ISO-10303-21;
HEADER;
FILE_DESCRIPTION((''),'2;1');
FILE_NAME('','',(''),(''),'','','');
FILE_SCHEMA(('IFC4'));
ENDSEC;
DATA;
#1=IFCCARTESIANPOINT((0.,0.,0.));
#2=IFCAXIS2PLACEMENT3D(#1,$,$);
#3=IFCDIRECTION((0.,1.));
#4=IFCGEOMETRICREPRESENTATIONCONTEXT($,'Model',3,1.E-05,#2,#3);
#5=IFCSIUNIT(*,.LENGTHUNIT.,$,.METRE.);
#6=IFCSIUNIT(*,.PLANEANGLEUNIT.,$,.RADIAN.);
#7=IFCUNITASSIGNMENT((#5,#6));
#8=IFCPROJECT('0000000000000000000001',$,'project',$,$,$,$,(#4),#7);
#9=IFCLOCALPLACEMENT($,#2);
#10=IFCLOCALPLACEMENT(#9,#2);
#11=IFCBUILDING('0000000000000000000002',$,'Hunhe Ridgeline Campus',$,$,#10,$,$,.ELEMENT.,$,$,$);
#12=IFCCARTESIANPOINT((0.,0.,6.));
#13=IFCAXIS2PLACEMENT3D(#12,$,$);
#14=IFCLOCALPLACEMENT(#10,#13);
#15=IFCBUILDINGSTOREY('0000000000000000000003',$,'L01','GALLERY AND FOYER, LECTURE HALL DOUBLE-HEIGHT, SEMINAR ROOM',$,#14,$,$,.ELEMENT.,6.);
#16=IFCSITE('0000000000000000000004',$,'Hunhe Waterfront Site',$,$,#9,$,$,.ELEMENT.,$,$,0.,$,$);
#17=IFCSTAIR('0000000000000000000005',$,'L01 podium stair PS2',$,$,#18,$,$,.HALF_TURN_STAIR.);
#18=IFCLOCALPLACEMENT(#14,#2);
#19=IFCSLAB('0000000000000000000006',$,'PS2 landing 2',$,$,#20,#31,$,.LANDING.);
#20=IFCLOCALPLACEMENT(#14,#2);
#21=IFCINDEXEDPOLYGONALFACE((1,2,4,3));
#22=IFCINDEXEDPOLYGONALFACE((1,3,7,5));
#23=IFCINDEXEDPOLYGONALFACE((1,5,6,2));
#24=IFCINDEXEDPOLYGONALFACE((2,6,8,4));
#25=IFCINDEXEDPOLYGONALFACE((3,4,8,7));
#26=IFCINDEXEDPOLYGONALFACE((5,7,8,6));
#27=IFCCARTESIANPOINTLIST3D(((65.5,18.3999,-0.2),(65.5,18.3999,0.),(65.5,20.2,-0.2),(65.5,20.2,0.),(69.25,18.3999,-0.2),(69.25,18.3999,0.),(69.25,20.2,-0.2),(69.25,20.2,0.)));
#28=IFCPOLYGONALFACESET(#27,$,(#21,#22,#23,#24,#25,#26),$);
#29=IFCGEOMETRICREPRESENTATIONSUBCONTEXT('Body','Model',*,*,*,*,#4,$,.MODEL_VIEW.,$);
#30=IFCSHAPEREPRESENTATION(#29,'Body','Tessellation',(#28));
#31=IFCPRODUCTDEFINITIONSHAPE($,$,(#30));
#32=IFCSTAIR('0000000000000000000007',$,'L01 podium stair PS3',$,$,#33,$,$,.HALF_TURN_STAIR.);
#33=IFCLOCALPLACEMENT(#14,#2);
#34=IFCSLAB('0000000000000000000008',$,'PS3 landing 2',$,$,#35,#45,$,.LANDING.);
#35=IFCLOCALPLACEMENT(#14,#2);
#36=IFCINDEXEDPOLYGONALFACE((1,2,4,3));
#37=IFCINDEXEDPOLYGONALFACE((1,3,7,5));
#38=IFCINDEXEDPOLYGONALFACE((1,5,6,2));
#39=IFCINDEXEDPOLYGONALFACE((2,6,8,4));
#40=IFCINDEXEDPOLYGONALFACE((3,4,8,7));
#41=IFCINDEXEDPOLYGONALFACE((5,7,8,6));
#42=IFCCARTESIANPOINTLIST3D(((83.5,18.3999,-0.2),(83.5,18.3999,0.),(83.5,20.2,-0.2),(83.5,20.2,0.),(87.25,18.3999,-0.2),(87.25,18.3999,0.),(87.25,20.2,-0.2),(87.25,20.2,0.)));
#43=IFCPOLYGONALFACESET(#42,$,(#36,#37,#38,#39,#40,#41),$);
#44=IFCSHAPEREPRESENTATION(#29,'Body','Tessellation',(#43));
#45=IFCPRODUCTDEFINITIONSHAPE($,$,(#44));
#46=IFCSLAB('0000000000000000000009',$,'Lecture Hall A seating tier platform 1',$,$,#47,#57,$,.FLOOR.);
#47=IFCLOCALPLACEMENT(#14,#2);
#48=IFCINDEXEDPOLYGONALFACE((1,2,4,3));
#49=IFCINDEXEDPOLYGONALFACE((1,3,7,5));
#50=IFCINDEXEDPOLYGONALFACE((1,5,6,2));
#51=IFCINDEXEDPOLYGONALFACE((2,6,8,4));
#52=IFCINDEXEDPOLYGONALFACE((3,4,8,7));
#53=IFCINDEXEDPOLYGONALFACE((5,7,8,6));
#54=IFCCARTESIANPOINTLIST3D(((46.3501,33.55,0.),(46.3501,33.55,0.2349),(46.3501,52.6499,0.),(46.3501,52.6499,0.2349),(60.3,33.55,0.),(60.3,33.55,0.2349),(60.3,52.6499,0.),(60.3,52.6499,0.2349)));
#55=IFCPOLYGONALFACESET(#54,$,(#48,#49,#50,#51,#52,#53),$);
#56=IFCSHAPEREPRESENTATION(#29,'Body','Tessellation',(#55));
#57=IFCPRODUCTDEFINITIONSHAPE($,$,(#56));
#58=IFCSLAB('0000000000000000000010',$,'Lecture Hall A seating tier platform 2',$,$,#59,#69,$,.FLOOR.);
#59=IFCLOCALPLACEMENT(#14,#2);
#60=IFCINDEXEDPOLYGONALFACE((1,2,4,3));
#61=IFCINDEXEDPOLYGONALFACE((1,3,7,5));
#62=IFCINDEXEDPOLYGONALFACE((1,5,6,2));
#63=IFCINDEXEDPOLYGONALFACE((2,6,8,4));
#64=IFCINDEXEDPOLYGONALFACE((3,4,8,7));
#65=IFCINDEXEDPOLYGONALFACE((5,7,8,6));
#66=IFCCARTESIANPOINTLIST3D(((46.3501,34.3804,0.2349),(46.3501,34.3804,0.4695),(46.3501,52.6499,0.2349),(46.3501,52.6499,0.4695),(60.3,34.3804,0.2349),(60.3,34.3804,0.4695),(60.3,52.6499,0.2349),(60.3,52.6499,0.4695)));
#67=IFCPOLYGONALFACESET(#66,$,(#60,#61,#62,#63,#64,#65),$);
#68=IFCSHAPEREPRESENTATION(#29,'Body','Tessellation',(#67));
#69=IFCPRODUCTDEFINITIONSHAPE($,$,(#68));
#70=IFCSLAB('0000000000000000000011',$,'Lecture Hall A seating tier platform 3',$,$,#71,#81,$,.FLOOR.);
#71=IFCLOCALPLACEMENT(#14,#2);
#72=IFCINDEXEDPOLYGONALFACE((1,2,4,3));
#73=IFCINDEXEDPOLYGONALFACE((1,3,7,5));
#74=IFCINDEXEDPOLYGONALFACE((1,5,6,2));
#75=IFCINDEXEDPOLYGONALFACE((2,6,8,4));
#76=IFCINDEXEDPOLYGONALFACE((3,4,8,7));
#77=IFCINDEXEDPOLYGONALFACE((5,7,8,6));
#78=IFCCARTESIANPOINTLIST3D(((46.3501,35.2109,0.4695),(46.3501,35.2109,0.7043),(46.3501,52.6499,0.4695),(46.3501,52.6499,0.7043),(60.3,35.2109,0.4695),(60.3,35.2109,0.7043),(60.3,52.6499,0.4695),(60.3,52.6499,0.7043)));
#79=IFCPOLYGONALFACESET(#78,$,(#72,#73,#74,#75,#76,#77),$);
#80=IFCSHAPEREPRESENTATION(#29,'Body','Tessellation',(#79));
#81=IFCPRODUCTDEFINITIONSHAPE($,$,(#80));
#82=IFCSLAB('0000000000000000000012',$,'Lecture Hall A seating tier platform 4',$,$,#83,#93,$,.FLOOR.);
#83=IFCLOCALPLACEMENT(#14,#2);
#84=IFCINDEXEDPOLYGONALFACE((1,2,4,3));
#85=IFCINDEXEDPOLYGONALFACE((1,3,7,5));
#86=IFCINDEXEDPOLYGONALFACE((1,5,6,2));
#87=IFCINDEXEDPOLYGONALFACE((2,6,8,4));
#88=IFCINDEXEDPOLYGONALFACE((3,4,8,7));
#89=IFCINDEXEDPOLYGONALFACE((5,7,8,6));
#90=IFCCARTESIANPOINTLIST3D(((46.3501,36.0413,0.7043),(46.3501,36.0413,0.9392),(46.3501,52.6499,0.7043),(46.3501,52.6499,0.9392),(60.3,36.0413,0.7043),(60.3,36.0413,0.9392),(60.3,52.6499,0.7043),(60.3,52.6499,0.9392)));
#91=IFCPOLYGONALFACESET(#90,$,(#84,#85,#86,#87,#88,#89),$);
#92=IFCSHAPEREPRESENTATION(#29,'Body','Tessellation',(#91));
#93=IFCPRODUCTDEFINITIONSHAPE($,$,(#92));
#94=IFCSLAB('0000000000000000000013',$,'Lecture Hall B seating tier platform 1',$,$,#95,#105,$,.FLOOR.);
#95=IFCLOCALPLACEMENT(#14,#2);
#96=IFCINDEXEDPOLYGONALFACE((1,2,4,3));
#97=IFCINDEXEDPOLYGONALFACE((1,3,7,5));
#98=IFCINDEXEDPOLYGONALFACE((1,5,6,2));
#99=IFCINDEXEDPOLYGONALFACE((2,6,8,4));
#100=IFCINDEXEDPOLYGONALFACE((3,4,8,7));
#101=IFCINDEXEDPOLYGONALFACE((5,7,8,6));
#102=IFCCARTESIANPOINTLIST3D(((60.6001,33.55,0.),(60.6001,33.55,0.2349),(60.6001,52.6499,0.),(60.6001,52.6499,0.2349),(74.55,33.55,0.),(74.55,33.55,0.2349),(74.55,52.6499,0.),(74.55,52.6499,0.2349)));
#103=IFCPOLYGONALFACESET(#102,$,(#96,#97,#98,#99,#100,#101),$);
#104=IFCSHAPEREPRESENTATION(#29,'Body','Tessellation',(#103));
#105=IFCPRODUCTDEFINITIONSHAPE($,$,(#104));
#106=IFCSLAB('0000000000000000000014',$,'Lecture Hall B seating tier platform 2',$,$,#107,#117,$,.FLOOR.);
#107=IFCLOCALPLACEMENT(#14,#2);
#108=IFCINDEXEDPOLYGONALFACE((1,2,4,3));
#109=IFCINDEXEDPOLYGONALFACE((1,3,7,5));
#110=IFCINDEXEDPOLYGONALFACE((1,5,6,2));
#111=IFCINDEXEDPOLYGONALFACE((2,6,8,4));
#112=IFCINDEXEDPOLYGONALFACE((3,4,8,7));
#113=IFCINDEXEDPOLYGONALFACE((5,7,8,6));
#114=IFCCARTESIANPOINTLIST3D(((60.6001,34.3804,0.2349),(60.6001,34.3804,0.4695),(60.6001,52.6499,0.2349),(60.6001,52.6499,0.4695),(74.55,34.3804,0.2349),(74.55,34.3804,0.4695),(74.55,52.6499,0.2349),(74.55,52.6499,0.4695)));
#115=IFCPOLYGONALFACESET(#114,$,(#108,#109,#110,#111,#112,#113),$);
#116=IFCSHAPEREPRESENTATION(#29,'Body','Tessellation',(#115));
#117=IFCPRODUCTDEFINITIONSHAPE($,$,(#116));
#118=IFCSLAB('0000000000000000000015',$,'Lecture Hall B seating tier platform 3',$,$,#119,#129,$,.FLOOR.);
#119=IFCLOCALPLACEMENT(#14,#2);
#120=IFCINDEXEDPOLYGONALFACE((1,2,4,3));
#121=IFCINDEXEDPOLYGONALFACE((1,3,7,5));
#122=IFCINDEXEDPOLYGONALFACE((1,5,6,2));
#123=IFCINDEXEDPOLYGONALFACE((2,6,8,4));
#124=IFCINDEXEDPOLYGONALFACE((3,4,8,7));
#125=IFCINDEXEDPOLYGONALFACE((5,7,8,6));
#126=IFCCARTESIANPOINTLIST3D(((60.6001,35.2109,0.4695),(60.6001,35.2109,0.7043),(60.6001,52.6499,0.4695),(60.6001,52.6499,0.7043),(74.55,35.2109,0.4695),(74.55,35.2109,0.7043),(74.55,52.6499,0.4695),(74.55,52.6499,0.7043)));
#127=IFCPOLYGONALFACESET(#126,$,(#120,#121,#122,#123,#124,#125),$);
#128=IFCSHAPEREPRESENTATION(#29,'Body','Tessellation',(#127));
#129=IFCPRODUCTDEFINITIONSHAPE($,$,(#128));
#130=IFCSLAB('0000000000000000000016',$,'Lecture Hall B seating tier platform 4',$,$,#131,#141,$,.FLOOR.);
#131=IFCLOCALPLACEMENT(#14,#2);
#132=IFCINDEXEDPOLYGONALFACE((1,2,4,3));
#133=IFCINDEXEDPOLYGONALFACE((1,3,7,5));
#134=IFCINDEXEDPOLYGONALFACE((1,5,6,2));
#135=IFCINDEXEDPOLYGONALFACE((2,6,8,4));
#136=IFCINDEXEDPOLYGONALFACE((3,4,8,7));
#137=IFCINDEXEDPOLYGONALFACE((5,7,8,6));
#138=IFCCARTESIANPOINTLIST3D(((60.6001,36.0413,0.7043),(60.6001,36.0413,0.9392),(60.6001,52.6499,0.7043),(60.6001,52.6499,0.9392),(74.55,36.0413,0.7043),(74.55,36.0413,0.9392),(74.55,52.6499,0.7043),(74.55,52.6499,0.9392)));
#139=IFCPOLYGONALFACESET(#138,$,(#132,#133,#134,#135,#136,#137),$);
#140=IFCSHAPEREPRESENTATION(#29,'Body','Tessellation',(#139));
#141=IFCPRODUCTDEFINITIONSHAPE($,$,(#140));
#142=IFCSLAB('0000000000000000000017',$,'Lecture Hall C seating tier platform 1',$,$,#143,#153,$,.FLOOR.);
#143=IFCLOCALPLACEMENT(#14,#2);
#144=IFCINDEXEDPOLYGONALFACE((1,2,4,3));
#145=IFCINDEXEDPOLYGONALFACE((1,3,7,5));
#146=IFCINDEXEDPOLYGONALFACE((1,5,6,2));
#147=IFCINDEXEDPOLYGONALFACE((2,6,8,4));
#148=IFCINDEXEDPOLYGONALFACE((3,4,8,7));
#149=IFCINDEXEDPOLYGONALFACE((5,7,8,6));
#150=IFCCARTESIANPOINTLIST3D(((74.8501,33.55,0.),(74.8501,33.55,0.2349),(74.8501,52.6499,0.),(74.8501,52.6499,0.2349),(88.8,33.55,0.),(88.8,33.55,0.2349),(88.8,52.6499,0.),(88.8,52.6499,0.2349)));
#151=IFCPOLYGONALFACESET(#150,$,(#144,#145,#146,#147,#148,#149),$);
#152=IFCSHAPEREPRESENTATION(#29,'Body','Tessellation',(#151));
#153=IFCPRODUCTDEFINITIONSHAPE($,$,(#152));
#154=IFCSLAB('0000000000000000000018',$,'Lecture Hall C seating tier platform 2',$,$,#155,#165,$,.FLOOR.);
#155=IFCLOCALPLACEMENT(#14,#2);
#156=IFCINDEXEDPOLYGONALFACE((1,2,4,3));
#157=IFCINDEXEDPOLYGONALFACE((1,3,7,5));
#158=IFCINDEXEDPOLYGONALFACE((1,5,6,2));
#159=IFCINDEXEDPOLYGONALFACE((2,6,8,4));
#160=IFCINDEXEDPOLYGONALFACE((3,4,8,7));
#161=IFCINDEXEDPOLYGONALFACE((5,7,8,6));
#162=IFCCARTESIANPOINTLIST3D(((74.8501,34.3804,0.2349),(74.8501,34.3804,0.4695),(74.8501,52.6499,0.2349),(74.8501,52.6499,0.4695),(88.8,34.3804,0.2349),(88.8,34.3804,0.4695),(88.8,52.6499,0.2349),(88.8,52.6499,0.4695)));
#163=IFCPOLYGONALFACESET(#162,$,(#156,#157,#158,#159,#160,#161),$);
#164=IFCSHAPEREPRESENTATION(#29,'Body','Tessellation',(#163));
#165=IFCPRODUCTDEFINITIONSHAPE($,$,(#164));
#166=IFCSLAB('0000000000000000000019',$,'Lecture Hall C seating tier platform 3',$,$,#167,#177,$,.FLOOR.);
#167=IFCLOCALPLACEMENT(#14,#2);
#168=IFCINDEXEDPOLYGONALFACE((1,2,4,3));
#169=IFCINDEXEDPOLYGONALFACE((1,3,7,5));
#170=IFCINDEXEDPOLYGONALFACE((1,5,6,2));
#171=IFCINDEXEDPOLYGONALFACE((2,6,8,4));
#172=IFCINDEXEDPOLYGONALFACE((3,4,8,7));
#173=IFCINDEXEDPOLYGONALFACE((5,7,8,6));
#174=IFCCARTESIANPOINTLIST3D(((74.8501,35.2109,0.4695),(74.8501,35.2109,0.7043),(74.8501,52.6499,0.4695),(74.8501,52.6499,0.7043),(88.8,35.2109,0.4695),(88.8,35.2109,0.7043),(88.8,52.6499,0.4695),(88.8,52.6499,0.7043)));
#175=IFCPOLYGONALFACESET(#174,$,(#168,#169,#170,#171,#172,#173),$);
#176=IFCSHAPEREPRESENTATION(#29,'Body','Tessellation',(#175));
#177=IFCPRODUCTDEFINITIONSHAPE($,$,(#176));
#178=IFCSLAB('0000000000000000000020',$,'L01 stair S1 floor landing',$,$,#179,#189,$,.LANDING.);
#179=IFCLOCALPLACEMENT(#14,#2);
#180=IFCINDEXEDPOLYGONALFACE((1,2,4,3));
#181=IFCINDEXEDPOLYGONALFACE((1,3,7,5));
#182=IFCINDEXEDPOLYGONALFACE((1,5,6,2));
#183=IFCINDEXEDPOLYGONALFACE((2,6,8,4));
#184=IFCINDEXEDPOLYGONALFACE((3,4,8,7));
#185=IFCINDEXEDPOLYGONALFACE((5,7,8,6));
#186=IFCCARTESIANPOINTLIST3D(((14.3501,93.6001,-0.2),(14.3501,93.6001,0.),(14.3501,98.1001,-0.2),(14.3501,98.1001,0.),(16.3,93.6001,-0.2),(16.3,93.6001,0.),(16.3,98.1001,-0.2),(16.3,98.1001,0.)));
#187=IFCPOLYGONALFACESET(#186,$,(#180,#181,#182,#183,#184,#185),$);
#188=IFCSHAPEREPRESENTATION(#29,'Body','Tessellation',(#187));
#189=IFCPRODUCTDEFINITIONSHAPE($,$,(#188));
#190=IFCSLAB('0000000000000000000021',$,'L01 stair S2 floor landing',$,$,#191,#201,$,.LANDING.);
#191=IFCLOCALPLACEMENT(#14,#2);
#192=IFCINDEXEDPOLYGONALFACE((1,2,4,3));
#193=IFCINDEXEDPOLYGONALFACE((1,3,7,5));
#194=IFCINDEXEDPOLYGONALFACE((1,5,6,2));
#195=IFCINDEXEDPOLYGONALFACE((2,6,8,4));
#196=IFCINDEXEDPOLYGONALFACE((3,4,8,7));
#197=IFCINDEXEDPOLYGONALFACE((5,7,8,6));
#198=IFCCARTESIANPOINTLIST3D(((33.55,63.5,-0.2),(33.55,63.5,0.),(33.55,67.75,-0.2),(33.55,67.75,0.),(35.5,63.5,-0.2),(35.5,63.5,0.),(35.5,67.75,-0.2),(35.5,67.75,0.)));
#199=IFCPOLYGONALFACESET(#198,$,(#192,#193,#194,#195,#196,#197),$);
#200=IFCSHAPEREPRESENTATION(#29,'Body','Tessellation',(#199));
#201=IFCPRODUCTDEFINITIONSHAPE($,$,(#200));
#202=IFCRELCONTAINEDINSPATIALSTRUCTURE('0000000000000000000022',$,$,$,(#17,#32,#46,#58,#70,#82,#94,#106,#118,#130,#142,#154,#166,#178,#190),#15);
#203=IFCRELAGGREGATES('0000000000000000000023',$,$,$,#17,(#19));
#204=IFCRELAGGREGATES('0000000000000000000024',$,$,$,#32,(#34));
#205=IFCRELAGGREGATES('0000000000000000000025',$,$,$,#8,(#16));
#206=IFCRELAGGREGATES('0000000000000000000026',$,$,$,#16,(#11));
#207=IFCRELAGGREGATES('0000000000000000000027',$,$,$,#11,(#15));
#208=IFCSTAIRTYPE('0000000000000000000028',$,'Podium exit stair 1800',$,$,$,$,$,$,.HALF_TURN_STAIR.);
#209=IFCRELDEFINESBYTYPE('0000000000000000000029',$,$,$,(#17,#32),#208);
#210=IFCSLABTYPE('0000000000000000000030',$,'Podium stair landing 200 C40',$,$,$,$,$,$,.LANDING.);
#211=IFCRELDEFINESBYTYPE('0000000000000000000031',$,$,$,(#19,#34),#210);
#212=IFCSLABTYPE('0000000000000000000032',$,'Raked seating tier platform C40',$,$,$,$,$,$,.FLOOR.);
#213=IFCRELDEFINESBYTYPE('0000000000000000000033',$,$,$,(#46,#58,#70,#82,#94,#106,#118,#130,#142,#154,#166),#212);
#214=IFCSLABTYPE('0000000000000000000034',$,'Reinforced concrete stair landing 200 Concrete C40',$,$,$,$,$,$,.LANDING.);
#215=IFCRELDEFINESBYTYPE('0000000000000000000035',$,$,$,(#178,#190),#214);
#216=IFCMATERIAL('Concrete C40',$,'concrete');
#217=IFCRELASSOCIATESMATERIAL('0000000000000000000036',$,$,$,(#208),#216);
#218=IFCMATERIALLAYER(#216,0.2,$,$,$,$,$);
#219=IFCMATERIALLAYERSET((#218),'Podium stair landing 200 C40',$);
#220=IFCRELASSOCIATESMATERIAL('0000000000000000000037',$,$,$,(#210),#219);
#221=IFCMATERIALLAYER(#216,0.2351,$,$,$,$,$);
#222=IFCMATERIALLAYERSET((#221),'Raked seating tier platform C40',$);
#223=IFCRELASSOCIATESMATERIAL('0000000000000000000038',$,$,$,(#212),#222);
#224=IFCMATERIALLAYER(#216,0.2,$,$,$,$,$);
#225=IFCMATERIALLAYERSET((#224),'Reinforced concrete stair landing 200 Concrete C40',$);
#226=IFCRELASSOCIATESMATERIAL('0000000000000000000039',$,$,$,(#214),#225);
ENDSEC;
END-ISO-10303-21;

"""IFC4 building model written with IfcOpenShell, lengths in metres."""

from ifc_helpers import new_model, si_unit, direction, frame, origin, place, context, subcontext, project, spatial, polyline, outline, extrude, material, layer, layer_set, type_object, element, aggregate, save


model = new_model("IFC4")

# Units and contexts
model_context = context("Model", 3, precision=1e-05, world=origin(), true_north=direction((0.0, 1.0)))
body_context = subcontext(model_context, "Body", "Model", "MODEL_VIEW")
ifc_project = project(units=[si_unit("LENGTHUNIT", "METRE"), si_unit("PLANEANGLEUNIT", "RADIAN")], contexts=[model_context])

# Site, building, storey
site_placement = place(None, origin())
site = spatial("IfcSite", under=ifc_project, at=site_placement, Name="Hunhe Waterfront Site", CompositionType="ELEMENT", RefElevation=0.0)
building_placement = place(site_placement, origin())
building = spatial("IfcBuilding", under=site, at=building_placement, Name="Hunhe Ridgeline Campus", CompositionType="ELEMENT")
storey_placement = place(building_placement, frame((0.0, 0.0, 6.0)))
storey = spatial("IfcBuildingStorey", under=building, at=storey_placement, Name="L01", Description="GALLERY AND FOYER, LECTURE HALL DOUBLE-HEIGHT, SEMINAR ROOM", CompositionType="ELEMENT", Elevation=6.0)

# Shared definitions
ifc_material = material(Name="Concrete C40", Category="concrete")

# Stairs, slabs
stair_type = type_object("IfcStairType", Name="Podium exit stair 1800", PredefinedType="HALF_TURN_STAIR", material=ifc_material)
ifc_layer_1 = layer(ifc_material, 0.2)
ifc_layer_set_1 = layer_set([ifc_layer_1], Name="Podium stair landing 200 C40")
slab_type_1 = type_object("IfcSlabType", Name="Podium stair landing 200 C40", PredefinedType="LANDING", material=ifc_layer_set_1)
stair_1_placement = place(storey_placement, origin())
stair_1 = element("IfcStair", 1, at=stair_1_placement, inside=storey, type_object=stair_type, Name="L01 podium stair PS2", PredefinedType="HALF_TURN_STAIR")
slab_1_placement = place(storey_placement, frame((0.0, 0.0, -0.2)))
slab_1 = element("IfcSlab", 2, at=slab_1_placement, type_object=slab_type_1, Name="PS2 landing 2", PredefinedType="LANDING", context=body_context, shape_type="SweptSolid", body=[
    extrude(outline(polyline([(65.5, 18.3999), (69.25, 18.3999), (69.25, 20.2), (65.5, 20.2), (65.5, 18.3999)])), origin(), (0.0, 0.0, 1.0), 0.2),
])
aggregate(stair_1, [slab_1])
stair_2_placement = place(storey_placement, origin())
stair_2 = element("IfcStair", 3, at=stair_2_placement, inside=storey, type_object=stair_type, Name="L01 podium stair PS3", PredefinedType="HALF_TURN_STAIR")
slab_2_placement = place(storey_placement, frame((0.0, 0.0, -0.2)))
slab_2 = element("IfcSlab", 4, at=slab_2_placement, type_object=slab_type_1, Name="PS3 landing 2", PredefinedType="LANDING", context=body_context, shape_type="SweptSolid", body=[
    extrude(outline(polyline([(83.5, 18.3999), (87.25, 18.3999), (87.25, 20.2), (83.5, 20.2), (83.5, 18.3999)])), origin(), (0.0, 0.0, 1.0), 0.2),
])
aggregate(stair_2, [slab_2])

# Slabs
ifc_layer_2 = layer(ifc_material, 0.2351)
ifc_layer_set_2 = layer_set([ifc_layer_2], Name="Raked seating tier platform C40")
slab_type_2 = type_object("IfcSlabType", Name="Raked seating tier platform C40", PredefinedType="FLOOR", material=ifc_layer_set_2)
slab_3_placement = place(storey_placement, origin())
element("IfcSlab", 5, at=slab_3_placement, inside=storey, type_object=slab_type_2, Name="Lecture Hall A seating tier platform 1", PredefinedType="FLOOR", context=body_context, shape_type="SweptSolid", body=[
    extrude(outline(polyline([(46.3501, 33.55), (60.3, 33.55), (60.3, 52.6499), (46.3501, 52.6499), (46.3501, 33.55)])), origin(), (0.0, 0.0, 1.0), 0.2349),
])
slab_4_placement = place(storey_placement, frame((0.0, 0.0, 0.2349)))
element("IfcSlab", 6, at=slab_4_placement, inside=storey, type_object=slab_type_2, Name="Lecture Hall A seating tier platform 2", PredefinedType="FLOOR", context=body_context, shape_type="SweptSolid", body=[
    extrude(outline(polyline([(46.3501, 34.3804), (60.3, 34.3804), (60.3, 52.6499), (46.3501, 52.6499), (46.3501, 34.3804)])), origin(), (0.0, 0.0, 1.0), 0.2346),
])
slab_5_placement = place(storey_placement, frame((0.0, 0.0, 0.4695)))
element("IfcSlab", 7, at=slab_5_placement, inside=storey, type_object=slab_type_2, Name="Lecture Hall A seating tier platform 3", PredefinedType="FLOOR", context=body_context, shape_type="SweptSolid", body=[
    extrude(outline(polyline([(46.3501, 35.2109), (60.3, 35.2109), (60.3, 52.6499), (46.3501, 52.6499), (46.3501, 35.2109)])), origin(), (0.0, 0.0, 1.0), 0.2349),
])
slab_6_placement = place(storey_placement, frame((0.0, 0.0, 0.7043)))
element("IfcSlab", 8, at=slab_6_placement, inside=storey, type_object=slab_type_2, Name="Lecture Hall A seating tier platform 4", PredefinedType="FLOOR", context=body_context, shape_type="SweptSolid", body=[
    extrude(outline(polyline([(46.3501, 36.0413), (60.3, 36.0413), (60.3, 52.6499), (46.3501, 52.6499), (46.3501, 36.0413)])), origin(), (0.0, 0.0, 1.0), 0.2349),
])
slab_7_placement = place(storey_placement, origin())
element("IfcSlab", 9, at=slab_7_placement, inside=storey, type_object=slab_type_2, Name="Lecture Hall B seating tier platform 1", PredefinedType="FLOOR", context=body_context, shape_type="SweptSolid", body=[
    extrude(outline(polyline([(60.6001, 33.55), (74.55, 33.55), (74.55, 52.6499), (60.6001, 52.6499), (60.6001, 33.55)])), origin(), (0.0, 0.0, 1.0), 0.2349),
])
slab_8_placement = place(storey_placement, frame((0.0, 0.0, 0.2349)))
element("IfcSlab", 10, at=slab_8_placement, inside=storey, type_object=slab_type_2, Name="Lecture Hall B seating tier platform 2", PredefinedType="FLOOR", context=body_context, shape_type="SweptSolid", body=[
    extrude(outline(polyline([(60.6001, 34.3804), (74.55, 34.3804), (74.55, 52.6499), (60.6001, 52.6499), (60.6001, 34.3804)])), origin(), (0.0, 0.0, 1.0), 0.2346),
])
slab_9_placement = place(storey_placement, frame((0.0, 0.0, 0.4695)))
element("IfcSlab", 11, at=slab_9_placement, inside=storey, type_object=slab_type_2, Name="Lecture Hall B seating tier platform 3", PredefinedType="FLOOR", context=body_context, shape_type="SweptSolid", body=[
    extrude(outline(polyline([(60.6001, 35.2109), (74.55, 35.2109), (74.55, 52.6499), (60.6001, 52.6499), (60.6001, 35.2109)])), origin(), (0.0, 0.0, 1.0), 0.2349),
])
slab_10_placement = place(storey_placement, frame((0.0, 0.0, 0.7043)))
element("IfcSlab", 12, at=slab_10_placement, inside=storey, type_object=slab_type_2, Name="Lecture Hall B seating tier platform 4", PredefinedType="FLOOR", context=body_context, shape_type="SweptSolid", body=[
    extrude(outline(polyline([(60.6001, 36.0413), (74.55, 36.0413), (74.55, 52.6499), (60.6001, 52.6499), (60.6001, 36.0413)])), origin(), (0.0, 0.0, 1.0), 0.2349),
])
slab_11_placement = place(storey_placement, origin())
element("IfcSlab", 13, at=slab_11_placement, inside=storey, type_object=slab_type_2, Name="Lecture Hall C seating tier platform 1", PredefinedType="FLOOR", context=body_context, shape_type="SweptSolid", body=[
    extrude(outline(polyline([(74.8501, 33.55), (88.8, 33.55), (88.8, 52.6499), (74.8501, 52.6499), (74.8501, 33.55)])), origin(), (0.0, 0.0, 1.0), 0.2349),
])
slab_12_placement = place(storey_placement, frame((0.0, 0.0, 0.2349)))
element("IfcSlab", 14, at=slab_12_placement, inside=storey, type_object=slab_type_2, Name="Lecture Hall C seating tier platform 2", PredefinedType="FLOOR", context=body_context, shape_type="SweptSolid", body=[
    extrude(outline(polyline([(74.8501, 34.3804), (88.8, 34.3804), (88.8, 52.6499), (74.8501, 52.6499), (74.8501, 34.3804)])), origin(), (0.0, 0.0, 1.0), 0.2346),
])
slab_13_placement = place(storey_placement, frame((0.0, 0.0, 0.4695)))
element("IfcSlab", 15, at=slab_13_placement, inside=storey, type_object=slab_type_2, Name="Lecture Hall C seating tier platform 3", PredefinedType="FLOOR", context=body_context, shape_type="SweptSolid", body=[
    extrude(outline(polyline([(74.8501, 35.2109), (88.8, 35.2109), (88.8, 52.6499), (74.8501, 52.6499), (74.8501, 35.2109)])), origin(), (0.0, 0.0, 1.0), 0.2349),
])
ifc_layer_3 = layer(ifc_material, 0.2)
ifc_layer_set_3 = layer_set([ifc_layer_3], Name="Reinforced concrete stair landing 200 Concrete C40")
slab_type_3 = type_object("IfcSlabType", Name="Reinforced concrete stair landing 200 Concrete C40", PredefinedType="LANDING", material=ifc_layer_set_3)
slab_14_placement = place(storey_placement, frame((0.0, 0.0, -0.2)))
element("IfcSlab", 16, at=slab_14_placement, inside=storey, type_object=slab_type_3, Name="L01 stair S1 floor landing", PredefinedType="LANDING", context=body_context, shape_type="SweptSolid", body=[
    extrude(outline(polyline([(14.3501, 93.6001), (16.3, 93.6001), (16.3, 98.1001), (14.3501, 98.1001), (14.3501, 93.6001)])), origin(), (0.0, 0.0, 1.0), 0.2),
])
slab_15_placement = place(storey_placement, frame((0.0, 0.0, -0.2)))
element("IfcSlab", 17, at=slab_15_placement, inside=storey, type_object=slab_type_3, Name="L01 stair S2 floor landing", PredefinedType="LANDING", context=body_context, shape_type="SweptSolid", body=[
    extrude(outline(polyline([(35.5, 67.75), (33.55, 67.75), (33.55, 63.5), (35.5, 63.5), (35.5, 67.75)])), origin(), (0.0, 0.0, 1.0), 0.2),
])

save(model, "model.ifc")
